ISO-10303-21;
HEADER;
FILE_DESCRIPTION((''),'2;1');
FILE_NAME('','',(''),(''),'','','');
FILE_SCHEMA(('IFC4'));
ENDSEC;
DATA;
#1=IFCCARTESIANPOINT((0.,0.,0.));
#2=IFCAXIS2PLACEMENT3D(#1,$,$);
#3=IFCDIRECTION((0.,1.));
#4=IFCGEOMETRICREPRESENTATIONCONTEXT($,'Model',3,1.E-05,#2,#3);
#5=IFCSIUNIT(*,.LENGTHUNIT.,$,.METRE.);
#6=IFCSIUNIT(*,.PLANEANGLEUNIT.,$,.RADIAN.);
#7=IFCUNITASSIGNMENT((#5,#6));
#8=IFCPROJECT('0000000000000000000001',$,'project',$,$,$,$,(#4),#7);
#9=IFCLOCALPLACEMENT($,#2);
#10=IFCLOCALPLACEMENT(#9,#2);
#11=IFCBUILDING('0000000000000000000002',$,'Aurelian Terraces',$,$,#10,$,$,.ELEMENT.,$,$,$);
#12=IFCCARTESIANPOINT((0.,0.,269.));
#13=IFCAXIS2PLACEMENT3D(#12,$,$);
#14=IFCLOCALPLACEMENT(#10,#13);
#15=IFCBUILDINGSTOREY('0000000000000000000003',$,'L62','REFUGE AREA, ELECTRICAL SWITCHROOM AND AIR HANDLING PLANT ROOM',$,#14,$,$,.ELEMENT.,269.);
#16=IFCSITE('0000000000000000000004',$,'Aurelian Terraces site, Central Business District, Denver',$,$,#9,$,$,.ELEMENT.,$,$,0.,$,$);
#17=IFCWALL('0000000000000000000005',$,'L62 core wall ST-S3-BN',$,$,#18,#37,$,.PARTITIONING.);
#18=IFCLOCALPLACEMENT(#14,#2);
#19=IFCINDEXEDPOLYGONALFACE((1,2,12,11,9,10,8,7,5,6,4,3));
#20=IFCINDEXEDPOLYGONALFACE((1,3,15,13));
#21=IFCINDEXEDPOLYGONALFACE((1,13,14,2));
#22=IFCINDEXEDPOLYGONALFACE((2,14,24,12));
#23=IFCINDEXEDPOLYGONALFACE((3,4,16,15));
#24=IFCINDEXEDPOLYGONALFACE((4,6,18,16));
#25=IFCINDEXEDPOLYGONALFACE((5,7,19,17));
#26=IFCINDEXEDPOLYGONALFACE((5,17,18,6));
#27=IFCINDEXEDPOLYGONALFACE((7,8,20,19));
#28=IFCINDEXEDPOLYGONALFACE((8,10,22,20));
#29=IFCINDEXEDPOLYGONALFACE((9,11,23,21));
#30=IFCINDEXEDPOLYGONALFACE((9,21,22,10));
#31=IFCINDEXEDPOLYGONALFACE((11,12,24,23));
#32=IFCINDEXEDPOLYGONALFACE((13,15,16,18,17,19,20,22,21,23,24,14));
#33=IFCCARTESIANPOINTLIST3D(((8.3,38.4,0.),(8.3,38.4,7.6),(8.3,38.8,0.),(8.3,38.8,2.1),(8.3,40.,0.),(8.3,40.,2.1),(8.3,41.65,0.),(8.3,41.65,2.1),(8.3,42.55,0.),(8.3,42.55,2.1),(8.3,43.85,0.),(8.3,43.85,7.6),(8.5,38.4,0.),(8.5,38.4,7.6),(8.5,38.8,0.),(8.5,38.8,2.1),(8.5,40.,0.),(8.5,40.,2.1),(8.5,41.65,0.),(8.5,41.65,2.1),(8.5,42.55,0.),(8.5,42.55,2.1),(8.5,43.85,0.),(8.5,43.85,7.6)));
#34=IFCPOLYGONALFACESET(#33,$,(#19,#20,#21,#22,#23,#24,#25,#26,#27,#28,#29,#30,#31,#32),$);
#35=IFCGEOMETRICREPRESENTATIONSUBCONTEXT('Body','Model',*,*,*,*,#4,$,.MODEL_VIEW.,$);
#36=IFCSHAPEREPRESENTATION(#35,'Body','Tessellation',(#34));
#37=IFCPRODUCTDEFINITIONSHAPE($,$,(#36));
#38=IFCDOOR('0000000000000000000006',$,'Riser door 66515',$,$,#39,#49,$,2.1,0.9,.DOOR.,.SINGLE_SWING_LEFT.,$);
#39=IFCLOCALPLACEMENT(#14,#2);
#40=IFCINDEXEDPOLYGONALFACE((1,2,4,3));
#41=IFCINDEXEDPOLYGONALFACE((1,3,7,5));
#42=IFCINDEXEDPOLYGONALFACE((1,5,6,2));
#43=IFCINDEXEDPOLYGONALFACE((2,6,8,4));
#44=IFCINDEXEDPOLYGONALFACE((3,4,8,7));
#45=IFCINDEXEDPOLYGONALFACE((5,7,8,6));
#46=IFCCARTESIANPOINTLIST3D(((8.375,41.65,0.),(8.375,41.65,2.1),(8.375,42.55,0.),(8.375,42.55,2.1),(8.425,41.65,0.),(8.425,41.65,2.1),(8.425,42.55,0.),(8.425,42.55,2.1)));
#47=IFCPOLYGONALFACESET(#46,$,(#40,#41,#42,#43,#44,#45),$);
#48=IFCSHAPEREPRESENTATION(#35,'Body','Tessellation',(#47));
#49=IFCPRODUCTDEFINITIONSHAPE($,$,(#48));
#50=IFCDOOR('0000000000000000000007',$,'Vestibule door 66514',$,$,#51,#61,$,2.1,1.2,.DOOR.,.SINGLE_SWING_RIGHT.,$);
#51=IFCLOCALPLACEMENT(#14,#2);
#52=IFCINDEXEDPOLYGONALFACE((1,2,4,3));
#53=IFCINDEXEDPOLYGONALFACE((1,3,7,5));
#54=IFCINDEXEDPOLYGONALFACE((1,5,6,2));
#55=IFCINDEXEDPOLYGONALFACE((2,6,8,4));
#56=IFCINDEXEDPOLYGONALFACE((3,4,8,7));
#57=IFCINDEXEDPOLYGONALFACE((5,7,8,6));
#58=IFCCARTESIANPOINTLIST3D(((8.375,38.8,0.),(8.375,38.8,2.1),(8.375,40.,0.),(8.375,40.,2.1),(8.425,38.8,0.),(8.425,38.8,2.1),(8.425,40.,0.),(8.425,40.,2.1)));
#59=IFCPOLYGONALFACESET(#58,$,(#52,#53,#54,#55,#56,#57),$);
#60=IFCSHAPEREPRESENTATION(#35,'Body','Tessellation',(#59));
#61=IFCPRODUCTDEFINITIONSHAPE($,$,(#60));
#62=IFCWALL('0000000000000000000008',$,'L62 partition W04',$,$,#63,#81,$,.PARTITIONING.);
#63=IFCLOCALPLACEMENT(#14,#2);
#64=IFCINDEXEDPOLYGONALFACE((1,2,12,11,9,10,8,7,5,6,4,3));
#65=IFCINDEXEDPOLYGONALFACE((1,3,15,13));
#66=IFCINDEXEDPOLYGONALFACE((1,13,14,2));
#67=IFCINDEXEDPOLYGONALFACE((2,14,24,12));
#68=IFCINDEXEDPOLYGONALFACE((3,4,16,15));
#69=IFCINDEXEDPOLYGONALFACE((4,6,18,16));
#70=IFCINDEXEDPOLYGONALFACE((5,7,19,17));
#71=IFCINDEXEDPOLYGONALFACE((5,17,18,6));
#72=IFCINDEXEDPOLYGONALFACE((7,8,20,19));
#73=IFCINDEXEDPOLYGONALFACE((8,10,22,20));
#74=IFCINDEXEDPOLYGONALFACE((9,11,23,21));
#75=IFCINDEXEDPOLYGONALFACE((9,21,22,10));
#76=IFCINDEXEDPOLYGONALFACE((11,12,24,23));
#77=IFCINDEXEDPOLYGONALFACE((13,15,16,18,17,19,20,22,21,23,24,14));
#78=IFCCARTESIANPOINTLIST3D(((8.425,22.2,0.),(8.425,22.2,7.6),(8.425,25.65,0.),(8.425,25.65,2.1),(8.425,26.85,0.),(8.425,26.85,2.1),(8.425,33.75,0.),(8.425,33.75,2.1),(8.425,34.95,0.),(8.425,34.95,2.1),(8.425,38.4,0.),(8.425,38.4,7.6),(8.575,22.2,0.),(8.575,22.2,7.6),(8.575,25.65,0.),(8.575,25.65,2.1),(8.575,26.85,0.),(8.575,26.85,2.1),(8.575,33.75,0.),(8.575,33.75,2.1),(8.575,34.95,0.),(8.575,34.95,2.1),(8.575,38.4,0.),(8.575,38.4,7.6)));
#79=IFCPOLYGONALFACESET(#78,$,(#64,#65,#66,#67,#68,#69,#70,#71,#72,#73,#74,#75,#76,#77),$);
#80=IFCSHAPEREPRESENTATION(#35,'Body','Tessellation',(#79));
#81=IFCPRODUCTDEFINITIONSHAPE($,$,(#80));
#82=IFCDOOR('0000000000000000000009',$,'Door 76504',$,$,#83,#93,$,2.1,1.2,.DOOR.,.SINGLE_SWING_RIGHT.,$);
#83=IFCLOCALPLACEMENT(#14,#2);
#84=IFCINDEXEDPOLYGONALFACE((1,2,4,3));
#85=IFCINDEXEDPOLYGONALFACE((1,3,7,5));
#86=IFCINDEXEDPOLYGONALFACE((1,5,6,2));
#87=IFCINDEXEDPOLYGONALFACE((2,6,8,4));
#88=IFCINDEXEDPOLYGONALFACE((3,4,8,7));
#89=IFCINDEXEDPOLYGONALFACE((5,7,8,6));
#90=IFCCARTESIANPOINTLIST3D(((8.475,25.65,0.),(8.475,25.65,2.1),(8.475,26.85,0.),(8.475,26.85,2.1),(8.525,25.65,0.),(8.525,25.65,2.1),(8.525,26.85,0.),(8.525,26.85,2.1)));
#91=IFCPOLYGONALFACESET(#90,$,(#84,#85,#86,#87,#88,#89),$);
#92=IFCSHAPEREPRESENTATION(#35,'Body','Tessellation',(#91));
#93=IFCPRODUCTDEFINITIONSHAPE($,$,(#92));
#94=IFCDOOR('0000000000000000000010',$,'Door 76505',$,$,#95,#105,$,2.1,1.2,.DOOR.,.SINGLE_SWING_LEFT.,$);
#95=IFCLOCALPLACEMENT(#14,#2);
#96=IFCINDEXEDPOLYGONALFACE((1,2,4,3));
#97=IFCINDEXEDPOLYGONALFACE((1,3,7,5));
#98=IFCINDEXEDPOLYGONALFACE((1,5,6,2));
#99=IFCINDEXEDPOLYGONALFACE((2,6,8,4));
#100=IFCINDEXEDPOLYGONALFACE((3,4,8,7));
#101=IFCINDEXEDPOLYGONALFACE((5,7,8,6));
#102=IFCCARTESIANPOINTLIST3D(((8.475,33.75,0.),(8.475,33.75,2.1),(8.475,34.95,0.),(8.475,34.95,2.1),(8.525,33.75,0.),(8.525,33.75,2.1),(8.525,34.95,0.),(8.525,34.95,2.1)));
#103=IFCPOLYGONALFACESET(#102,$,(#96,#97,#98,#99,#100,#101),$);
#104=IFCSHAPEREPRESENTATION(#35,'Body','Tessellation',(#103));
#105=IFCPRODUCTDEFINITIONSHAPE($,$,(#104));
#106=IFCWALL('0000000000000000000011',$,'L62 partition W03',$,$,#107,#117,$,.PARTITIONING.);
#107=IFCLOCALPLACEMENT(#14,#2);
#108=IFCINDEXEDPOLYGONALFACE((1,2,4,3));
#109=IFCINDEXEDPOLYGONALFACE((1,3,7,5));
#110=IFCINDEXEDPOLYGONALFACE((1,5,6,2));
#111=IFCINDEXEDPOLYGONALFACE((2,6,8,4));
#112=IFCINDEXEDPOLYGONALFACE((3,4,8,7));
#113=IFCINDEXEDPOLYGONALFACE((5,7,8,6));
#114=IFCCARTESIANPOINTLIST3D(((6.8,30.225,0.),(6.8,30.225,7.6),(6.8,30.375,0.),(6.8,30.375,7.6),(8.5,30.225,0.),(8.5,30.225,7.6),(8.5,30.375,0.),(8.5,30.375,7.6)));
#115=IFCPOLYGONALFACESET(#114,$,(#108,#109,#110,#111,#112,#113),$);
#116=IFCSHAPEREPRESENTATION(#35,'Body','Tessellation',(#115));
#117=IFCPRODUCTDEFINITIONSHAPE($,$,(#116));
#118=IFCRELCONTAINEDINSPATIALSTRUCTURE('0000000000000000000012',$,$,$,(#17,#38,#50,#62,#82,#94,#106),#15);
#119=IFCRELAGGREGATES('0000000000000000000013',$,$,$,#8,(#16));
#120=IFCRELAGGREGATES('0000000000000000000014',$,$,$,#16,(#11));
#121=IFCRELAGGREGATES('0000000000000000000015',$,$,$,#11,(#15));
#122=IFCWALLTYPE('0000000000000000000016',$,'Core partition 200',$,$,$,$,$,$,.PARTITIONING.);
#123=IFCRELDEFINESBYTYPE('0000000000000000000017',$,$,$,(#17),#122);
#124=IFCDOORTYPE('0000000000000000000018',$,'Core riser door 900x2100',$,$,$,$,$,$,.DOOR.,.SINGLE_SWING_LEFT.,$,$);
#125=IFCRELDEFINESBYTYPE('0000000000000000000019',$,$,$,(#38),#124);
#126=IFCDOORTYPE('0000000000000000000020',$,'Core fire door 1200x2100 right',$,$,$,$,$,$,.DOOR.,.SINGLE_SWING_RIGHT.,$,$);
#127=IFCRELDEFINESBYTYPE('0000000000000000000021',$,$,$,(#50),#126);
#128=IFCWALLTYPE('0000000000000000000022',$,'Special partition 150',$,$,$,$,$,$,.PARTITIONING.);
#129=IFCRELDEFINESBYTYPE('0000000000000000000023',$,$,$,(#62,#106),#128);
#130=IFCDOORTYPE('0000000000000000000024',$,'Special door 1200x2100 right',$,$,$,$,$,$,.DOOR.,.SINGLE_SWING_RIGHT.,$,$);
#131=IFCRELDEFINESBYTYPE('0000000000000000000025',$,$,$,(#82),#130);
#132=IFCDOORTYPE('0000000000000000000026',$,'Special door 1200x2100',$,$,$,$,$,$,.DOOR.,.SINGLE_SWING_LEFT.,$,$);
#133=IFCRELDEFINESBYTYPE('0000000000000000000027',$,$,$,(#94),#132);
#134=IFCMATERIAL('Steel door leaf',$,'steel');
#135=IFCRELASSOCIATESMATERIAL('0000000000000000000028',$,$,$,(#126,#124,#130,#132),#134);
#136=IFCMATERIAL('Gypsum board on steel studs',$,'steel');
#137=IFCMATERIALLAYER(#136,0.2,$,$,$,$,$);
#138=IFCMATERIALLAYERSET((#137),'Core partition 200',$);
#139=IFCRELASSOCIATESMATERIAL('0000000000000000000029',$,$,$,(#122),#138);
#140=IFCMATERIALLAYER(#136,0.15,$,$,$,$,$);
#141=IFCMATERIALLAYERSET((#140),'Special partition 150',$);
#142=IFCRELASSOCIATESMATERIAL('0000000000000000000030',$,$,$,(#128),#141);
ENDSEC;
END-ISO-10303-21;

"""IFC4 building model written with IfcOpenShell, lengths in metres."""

from ifc_helpers import new_model, si_unit, direction, frame, frame_2d, origin, place, context, subcontext, project, spatial, rectangle, extrude, source, transform, mapped, material, layer, layer_set, type_object, element, fill, save


model = new_model("IFC4")

# Units and contexts
model_context = context("Model", 3, precision=1e-05, world=origin(), true_north=direction((0.0, 1.0)))
body_context = subcontext(model_context, "Body", "Model", "MODEL_VIEW")
ifc_project = project(units=[si_unit("LENGTHUNIT", "METRE"), si_unit("PLANEANGLEUNIT", "RADIAN")], contexts=[model_context])

# Site, building, storey
site_placement = place(None, origin())
site = spatial("IfcSite", under=ifc_project, at=site_placement, Name="Aurelian Terraces site, Central Business District, Denver", CompositionType="ELEMENT", RefElevation=0.0)
building_placement = place(site_placement, origin())
building = spatial("IfcBuilding", under=site, at=building_placement, Name="Aurelian Terraces", CompositionType="ELEMENT")
storey_placement = place(building_placement, frame((0.0, 0.0, 269.0)))
storey = spatial("IfcBuildingStorey", under=building, at=storey_placement, Name="L62", Description="REFUGE AREA, ELECTRICAL SWITCHROOM AND AIR HANDLING PLANT ROOM", CompositionType="ELEMENT", Elevation=269.0)

# Shared definitions
ifc_material_1 = material(Name="Steel door leaf", Category="steel")
door_type_1 = type_object("IfcDoorType", Name="Core fire door 1200x2100 right", OperationType="SINGLE_SWING_RIGHT", PredefinedType="DOOR", material=ifc_material_1)
shared_shape_1 = source(origin(), body_context, "Body", "SweptSolid", [
    extrude(rectangle(XDim=1.2, YDim=2.1, at=frame_2d((0.6, 1.05))), frame((0.0, 0.025, 0.0), z_axis=(0.0, -1.0, 0.0), x_axis=(1.0, 0.0, 0.0)), (0.0, 0.0, 1.0), 0.05),
])

# Shared definitions
ifc_material_2 = material(Name="Gypsum board on steel studs", Category="steel")
ifc_layer_1 = layer(ifc_material_2, 0.2)
ifc_layer_set_1 = layer_set([ifc_layer_1], Name="Core partition 200")
wall_type_1 = type_object("IfcWallType", Name="Core partition 200", PredefinedType="PARTITIONING", material=ifc_layer_set_1)

# Walls, openings, doors
shared_shape_2 = source(origin(), body_context, "Body", "SweptSolid", [
    extrude(rectangle(XDim=5.45, YDim=0.2, at=frame_2d((2.725, 0.0))), origin(), (0.0, 0.0, 1.0), 7.6),
])
wall_1_placement = place(storey_placement, frame((8.4, 38.4, 0.0), z_axis=(0.0, 0.0, 1.0), x_axis=(0.0, 1.0, 0.0)))
wall_1 = element("IfcWall", 1, at=wall_1_placement, inside=storey, type_object=wall_type_1, Name="L62 core wall ST-S3-BN", PredefinedType="PARTITIONING", context=body_context, shape_type="MappedRepresentation", body=[
    mapped(shared_shape_2, transform((0.0, 0.0, 0.0), scale=1.0)),
])
shared_shape_3 = source(origin(), body_context, "Body", "SweptSolid", [
    extrude(rectangle(XDim=1.2, YDim=2.1, at=frame_2d((0.6, 1.05))), frame((0.0, 0.11, 0.0), z_axis=(0.0, -1.0, 0.0), x_axis=(1.0, 0.0, 0.0)), (0.0, 0.0, 1.0), 0.22),
])
opening_1_placement = place(wall_1_placement, frame((0.4, 0.0, 0.0)))
opening_1 = element("IfcOpeningElement", 2, at=opening_1_placement, cuts=wall_1, PredefinedType="OPENING", context=body_context, shape_type="MappedRepresentation", body=[
    mapped(shared_shape_3, transform((0.0, 0.0, 0.0), scale=1.0)),
])
shared_shape_4 = source(origin(), body_context, "Body", "SweptSolid", [
    extrude(rectangle(XDim=0.9, YDim=2.1, at=frame_2d((0.45, 1.05))), frame((0.0, 0.11, 0.0), z_axis=(0.0, -1.0, 0.0), x_axis=(1.0, 0.0, 0.0)), (0.0, 0.0, 1.0), 0.22),
])
opening_2_placement = place(wall_1_placement, frame((3.25, 0.0, 0.0)))
opening_2 = element("IfcOpeningElement", 3, at=opening_2_placement, cuts=wall_1, PredefinedType="OPENING", context=body_context, shape_type="MappedRepresentation", body=[
    mapped(shared_shape_4, transform((0.0, 0.0, 0.0), scale=1.0)),
])
door_type_2 = type_object("IfcDoorType", Name="Core riser door 900x2100", OperationType="SINGLE_SWING_LEFT", PredefinedType="DOOR", material=ifc_material_1)
shared_shape_5 = source(origin(), body_context, "Body", "SweptSolid", [
    extrude(rectangle(XDim=0.9, YDim=2.1, at=frame_2d((0.45, 1.05))), frame((0.0, 0.025, 0.0), z_axis=(0.0, -1.0, 0.0), x_axis=(1.0, 0.0, 0.0)), (0.0, 0.0, 1.0), 0.05),
])
door_1_placement = place(opening_2_placement, origin())
door_1 = element("IfcDoor", 4, at=door_1_placement, inside=storey, type_object=door_type_2, Name="Riser door 66515", OperationType="SINGLE_SWING_LEFT", OverallHeight=2.1, OverallWidth=0.9, PredefinedType="DOOR", context=body_context, shape_type="MappedRepresentation", body=[
    mapped(shared_shape_5, transform((0.0, 0.0, 0.0), scale=1.0)),
])
fill(opening_2, door_1)
door_2_placement = place(opening_1_placement, origin())
door_2 = element("IfcDoor", 5, at=door_2_placement, inside=storey, type_object=door_type_1, Name="Vestibule door 66514", OperationType="SINGLE_SWING_RIGHT", OverallHeight=2.1, OverallWidth=1.2, PredefinedType="DOOR", context=body_context, shape_type="MappedRepresentation", body=[
    mapped(shared_shape_1, transform((0.0, 0.0, 0.0), scale=1.0)),
])
fill(opening_1, door_2)
ifc_layer_2 = layer(ifc_material_2, 0.15)
ifc_layer_set_2 = layer_set([ifc_layer_2], Name="Special partition 150")
wall_type_2 = type_object("IfcWallType", Name="Special partition 150", PredefinedType="PARTITIONING", material=ifc_layer_set_2)
shared_shape_6 = source(origin(), body_context, "Body", "SweptSolid", [
    extrude(rectangle(XDim=16.2, YDim=0.15, at=frame_2d((8.1, 0.0))), origin(), (0.0, 0.0, 1.0), 7.6),
])
wall_2_placement = place(storey_placement, frame((8.5, 22.2, 0.0), z_axis=(0.0, 0.0, 1.0), x_axis=(0.0, 1.0, 0.0)))
wall_2 = element("IfcWall", 6, at=wall_2_placement, inside=storey, type_object=wall_type_2, Name="L62 partition W04", PredefinedType="PARTITIONING", context=body_context, shape_type="MappedRepresentation", body=[
    mapped(shared_shape_6, transform((0.0, 0.0, 0.0), scale=1.0)),
])
shared_shape_7 = source(origin(), body_context, "Body", "SweptSolid", [
    extrude(rectangle(XDim=1.2, YDim=2.1, at=frame_2d((0.6, 1.05))), frame((0.0, 0.085, 0.0), z_axis=(0.0, -1.0, 0.0), x_axis=(1.0, 0.0, 0.0)), (0.0, 0.0, 1.0), 0.17),
])
opening_3_placement = place(wall_2_placement, frame((3.45, 0.0, 0.0)))
opening_3 = element("IfcOpeningElement", 7, at=opening_3_placement, cuts=wall_2, PredefinedType="OPENING", context=body_context, shape_type="MappedRepresentation", body=[
    mapped(shared_shape_7, transform((0.0, 0.0, 0.0), scale=1.0)),
])
opening_4_placement = place(wall_2_placement, frame((11.55, 0.0, 0.0)))
opening_4 = element("IfcOpeningElement", 8, at=opening_4_placement, cuts=wall_2, PredefinedType="OPENING", context=body_context, shape_type="MappedRepresentation", body=[
    mapped(shared_shape_7, transform((0.0, 0.0, 0.0), scale=1.0)),
])
door_type_3 = type_object("IfcDoorType", Name="Special door 1200x2100 right", OperationType="SINGLE_SWING_RIGHT", PredefinedType="DOOR", material=ifc_material_1)
door_3_placement = place(opening_3_placement, origin())
door_3 = element("IfcDoor", 9, at=door_3_placement, inside=storey, type_object=door_type_3, Name="Door 76504", OperationType="SINGLE_SWING_RIGHT", OverallHeight=2.1, OverallWidth=1.2, PredefinedType="DOOR", context=body_context, shape_type="MappedRepresentation", body=[
    mapped(shared_shape_1, transform((0.0, 0.0, 0.0), scale=1.0)),
])
fill(opening_3, door_3)
door_type_4 = type_object("IfcDoorType", Name="Special door 1200x2100", OperationType="SINGLE_SWING_LEFT", PredefinedType="DOOR", material=ifc_material_1)
door_4_placement = place(opening_4_placement, origin())
door_4 = element("IfcDoor", 10, at=door_4_placement, inside=storey, type_object=door_type_4, Name="Door 76505", OperationType="SINGLE_SWING_LEFT", OverallHeight=2.1, OverallWidth=1.2, PredefinedType="DOOR", context=body_context, shape_type="MappedRepresentation", body=[
    mapped(shared_shape_1, transform((0.0, 0.0, 0.0), scale=1.0)),
])
fill(opening_4, door_4)

# Wall
shared_shape_8 = source(origin(), body_context, "Body", "SweptSolid", [
    extrude(rectangle(XDim=1.7, YDim=0.15, at=frame_2d((0.85, 0.0))), origin(), (0.0, 0.0, 1.0), 7.6),
])
wall_3_placement = place(storey_placement, frame((6.8, 30.3, 0.0), z_axis=(0.0, 0.0, 1.0), x_axis=(1.0, 0.0, 0.0)))
element("IfcWall", 11, at=wall_3_placement, inside=storey, type_object=wall_type_2, Name="L62 partition W03", PredefinedType="PARTITIONING", context=body_context, shape_type="MappedRepresentation", body=[
    mapped(shared_shape_8, transform((0.0, 0.0, 0.0), scale=1.0)),
])

save(model, "model.ifc")
